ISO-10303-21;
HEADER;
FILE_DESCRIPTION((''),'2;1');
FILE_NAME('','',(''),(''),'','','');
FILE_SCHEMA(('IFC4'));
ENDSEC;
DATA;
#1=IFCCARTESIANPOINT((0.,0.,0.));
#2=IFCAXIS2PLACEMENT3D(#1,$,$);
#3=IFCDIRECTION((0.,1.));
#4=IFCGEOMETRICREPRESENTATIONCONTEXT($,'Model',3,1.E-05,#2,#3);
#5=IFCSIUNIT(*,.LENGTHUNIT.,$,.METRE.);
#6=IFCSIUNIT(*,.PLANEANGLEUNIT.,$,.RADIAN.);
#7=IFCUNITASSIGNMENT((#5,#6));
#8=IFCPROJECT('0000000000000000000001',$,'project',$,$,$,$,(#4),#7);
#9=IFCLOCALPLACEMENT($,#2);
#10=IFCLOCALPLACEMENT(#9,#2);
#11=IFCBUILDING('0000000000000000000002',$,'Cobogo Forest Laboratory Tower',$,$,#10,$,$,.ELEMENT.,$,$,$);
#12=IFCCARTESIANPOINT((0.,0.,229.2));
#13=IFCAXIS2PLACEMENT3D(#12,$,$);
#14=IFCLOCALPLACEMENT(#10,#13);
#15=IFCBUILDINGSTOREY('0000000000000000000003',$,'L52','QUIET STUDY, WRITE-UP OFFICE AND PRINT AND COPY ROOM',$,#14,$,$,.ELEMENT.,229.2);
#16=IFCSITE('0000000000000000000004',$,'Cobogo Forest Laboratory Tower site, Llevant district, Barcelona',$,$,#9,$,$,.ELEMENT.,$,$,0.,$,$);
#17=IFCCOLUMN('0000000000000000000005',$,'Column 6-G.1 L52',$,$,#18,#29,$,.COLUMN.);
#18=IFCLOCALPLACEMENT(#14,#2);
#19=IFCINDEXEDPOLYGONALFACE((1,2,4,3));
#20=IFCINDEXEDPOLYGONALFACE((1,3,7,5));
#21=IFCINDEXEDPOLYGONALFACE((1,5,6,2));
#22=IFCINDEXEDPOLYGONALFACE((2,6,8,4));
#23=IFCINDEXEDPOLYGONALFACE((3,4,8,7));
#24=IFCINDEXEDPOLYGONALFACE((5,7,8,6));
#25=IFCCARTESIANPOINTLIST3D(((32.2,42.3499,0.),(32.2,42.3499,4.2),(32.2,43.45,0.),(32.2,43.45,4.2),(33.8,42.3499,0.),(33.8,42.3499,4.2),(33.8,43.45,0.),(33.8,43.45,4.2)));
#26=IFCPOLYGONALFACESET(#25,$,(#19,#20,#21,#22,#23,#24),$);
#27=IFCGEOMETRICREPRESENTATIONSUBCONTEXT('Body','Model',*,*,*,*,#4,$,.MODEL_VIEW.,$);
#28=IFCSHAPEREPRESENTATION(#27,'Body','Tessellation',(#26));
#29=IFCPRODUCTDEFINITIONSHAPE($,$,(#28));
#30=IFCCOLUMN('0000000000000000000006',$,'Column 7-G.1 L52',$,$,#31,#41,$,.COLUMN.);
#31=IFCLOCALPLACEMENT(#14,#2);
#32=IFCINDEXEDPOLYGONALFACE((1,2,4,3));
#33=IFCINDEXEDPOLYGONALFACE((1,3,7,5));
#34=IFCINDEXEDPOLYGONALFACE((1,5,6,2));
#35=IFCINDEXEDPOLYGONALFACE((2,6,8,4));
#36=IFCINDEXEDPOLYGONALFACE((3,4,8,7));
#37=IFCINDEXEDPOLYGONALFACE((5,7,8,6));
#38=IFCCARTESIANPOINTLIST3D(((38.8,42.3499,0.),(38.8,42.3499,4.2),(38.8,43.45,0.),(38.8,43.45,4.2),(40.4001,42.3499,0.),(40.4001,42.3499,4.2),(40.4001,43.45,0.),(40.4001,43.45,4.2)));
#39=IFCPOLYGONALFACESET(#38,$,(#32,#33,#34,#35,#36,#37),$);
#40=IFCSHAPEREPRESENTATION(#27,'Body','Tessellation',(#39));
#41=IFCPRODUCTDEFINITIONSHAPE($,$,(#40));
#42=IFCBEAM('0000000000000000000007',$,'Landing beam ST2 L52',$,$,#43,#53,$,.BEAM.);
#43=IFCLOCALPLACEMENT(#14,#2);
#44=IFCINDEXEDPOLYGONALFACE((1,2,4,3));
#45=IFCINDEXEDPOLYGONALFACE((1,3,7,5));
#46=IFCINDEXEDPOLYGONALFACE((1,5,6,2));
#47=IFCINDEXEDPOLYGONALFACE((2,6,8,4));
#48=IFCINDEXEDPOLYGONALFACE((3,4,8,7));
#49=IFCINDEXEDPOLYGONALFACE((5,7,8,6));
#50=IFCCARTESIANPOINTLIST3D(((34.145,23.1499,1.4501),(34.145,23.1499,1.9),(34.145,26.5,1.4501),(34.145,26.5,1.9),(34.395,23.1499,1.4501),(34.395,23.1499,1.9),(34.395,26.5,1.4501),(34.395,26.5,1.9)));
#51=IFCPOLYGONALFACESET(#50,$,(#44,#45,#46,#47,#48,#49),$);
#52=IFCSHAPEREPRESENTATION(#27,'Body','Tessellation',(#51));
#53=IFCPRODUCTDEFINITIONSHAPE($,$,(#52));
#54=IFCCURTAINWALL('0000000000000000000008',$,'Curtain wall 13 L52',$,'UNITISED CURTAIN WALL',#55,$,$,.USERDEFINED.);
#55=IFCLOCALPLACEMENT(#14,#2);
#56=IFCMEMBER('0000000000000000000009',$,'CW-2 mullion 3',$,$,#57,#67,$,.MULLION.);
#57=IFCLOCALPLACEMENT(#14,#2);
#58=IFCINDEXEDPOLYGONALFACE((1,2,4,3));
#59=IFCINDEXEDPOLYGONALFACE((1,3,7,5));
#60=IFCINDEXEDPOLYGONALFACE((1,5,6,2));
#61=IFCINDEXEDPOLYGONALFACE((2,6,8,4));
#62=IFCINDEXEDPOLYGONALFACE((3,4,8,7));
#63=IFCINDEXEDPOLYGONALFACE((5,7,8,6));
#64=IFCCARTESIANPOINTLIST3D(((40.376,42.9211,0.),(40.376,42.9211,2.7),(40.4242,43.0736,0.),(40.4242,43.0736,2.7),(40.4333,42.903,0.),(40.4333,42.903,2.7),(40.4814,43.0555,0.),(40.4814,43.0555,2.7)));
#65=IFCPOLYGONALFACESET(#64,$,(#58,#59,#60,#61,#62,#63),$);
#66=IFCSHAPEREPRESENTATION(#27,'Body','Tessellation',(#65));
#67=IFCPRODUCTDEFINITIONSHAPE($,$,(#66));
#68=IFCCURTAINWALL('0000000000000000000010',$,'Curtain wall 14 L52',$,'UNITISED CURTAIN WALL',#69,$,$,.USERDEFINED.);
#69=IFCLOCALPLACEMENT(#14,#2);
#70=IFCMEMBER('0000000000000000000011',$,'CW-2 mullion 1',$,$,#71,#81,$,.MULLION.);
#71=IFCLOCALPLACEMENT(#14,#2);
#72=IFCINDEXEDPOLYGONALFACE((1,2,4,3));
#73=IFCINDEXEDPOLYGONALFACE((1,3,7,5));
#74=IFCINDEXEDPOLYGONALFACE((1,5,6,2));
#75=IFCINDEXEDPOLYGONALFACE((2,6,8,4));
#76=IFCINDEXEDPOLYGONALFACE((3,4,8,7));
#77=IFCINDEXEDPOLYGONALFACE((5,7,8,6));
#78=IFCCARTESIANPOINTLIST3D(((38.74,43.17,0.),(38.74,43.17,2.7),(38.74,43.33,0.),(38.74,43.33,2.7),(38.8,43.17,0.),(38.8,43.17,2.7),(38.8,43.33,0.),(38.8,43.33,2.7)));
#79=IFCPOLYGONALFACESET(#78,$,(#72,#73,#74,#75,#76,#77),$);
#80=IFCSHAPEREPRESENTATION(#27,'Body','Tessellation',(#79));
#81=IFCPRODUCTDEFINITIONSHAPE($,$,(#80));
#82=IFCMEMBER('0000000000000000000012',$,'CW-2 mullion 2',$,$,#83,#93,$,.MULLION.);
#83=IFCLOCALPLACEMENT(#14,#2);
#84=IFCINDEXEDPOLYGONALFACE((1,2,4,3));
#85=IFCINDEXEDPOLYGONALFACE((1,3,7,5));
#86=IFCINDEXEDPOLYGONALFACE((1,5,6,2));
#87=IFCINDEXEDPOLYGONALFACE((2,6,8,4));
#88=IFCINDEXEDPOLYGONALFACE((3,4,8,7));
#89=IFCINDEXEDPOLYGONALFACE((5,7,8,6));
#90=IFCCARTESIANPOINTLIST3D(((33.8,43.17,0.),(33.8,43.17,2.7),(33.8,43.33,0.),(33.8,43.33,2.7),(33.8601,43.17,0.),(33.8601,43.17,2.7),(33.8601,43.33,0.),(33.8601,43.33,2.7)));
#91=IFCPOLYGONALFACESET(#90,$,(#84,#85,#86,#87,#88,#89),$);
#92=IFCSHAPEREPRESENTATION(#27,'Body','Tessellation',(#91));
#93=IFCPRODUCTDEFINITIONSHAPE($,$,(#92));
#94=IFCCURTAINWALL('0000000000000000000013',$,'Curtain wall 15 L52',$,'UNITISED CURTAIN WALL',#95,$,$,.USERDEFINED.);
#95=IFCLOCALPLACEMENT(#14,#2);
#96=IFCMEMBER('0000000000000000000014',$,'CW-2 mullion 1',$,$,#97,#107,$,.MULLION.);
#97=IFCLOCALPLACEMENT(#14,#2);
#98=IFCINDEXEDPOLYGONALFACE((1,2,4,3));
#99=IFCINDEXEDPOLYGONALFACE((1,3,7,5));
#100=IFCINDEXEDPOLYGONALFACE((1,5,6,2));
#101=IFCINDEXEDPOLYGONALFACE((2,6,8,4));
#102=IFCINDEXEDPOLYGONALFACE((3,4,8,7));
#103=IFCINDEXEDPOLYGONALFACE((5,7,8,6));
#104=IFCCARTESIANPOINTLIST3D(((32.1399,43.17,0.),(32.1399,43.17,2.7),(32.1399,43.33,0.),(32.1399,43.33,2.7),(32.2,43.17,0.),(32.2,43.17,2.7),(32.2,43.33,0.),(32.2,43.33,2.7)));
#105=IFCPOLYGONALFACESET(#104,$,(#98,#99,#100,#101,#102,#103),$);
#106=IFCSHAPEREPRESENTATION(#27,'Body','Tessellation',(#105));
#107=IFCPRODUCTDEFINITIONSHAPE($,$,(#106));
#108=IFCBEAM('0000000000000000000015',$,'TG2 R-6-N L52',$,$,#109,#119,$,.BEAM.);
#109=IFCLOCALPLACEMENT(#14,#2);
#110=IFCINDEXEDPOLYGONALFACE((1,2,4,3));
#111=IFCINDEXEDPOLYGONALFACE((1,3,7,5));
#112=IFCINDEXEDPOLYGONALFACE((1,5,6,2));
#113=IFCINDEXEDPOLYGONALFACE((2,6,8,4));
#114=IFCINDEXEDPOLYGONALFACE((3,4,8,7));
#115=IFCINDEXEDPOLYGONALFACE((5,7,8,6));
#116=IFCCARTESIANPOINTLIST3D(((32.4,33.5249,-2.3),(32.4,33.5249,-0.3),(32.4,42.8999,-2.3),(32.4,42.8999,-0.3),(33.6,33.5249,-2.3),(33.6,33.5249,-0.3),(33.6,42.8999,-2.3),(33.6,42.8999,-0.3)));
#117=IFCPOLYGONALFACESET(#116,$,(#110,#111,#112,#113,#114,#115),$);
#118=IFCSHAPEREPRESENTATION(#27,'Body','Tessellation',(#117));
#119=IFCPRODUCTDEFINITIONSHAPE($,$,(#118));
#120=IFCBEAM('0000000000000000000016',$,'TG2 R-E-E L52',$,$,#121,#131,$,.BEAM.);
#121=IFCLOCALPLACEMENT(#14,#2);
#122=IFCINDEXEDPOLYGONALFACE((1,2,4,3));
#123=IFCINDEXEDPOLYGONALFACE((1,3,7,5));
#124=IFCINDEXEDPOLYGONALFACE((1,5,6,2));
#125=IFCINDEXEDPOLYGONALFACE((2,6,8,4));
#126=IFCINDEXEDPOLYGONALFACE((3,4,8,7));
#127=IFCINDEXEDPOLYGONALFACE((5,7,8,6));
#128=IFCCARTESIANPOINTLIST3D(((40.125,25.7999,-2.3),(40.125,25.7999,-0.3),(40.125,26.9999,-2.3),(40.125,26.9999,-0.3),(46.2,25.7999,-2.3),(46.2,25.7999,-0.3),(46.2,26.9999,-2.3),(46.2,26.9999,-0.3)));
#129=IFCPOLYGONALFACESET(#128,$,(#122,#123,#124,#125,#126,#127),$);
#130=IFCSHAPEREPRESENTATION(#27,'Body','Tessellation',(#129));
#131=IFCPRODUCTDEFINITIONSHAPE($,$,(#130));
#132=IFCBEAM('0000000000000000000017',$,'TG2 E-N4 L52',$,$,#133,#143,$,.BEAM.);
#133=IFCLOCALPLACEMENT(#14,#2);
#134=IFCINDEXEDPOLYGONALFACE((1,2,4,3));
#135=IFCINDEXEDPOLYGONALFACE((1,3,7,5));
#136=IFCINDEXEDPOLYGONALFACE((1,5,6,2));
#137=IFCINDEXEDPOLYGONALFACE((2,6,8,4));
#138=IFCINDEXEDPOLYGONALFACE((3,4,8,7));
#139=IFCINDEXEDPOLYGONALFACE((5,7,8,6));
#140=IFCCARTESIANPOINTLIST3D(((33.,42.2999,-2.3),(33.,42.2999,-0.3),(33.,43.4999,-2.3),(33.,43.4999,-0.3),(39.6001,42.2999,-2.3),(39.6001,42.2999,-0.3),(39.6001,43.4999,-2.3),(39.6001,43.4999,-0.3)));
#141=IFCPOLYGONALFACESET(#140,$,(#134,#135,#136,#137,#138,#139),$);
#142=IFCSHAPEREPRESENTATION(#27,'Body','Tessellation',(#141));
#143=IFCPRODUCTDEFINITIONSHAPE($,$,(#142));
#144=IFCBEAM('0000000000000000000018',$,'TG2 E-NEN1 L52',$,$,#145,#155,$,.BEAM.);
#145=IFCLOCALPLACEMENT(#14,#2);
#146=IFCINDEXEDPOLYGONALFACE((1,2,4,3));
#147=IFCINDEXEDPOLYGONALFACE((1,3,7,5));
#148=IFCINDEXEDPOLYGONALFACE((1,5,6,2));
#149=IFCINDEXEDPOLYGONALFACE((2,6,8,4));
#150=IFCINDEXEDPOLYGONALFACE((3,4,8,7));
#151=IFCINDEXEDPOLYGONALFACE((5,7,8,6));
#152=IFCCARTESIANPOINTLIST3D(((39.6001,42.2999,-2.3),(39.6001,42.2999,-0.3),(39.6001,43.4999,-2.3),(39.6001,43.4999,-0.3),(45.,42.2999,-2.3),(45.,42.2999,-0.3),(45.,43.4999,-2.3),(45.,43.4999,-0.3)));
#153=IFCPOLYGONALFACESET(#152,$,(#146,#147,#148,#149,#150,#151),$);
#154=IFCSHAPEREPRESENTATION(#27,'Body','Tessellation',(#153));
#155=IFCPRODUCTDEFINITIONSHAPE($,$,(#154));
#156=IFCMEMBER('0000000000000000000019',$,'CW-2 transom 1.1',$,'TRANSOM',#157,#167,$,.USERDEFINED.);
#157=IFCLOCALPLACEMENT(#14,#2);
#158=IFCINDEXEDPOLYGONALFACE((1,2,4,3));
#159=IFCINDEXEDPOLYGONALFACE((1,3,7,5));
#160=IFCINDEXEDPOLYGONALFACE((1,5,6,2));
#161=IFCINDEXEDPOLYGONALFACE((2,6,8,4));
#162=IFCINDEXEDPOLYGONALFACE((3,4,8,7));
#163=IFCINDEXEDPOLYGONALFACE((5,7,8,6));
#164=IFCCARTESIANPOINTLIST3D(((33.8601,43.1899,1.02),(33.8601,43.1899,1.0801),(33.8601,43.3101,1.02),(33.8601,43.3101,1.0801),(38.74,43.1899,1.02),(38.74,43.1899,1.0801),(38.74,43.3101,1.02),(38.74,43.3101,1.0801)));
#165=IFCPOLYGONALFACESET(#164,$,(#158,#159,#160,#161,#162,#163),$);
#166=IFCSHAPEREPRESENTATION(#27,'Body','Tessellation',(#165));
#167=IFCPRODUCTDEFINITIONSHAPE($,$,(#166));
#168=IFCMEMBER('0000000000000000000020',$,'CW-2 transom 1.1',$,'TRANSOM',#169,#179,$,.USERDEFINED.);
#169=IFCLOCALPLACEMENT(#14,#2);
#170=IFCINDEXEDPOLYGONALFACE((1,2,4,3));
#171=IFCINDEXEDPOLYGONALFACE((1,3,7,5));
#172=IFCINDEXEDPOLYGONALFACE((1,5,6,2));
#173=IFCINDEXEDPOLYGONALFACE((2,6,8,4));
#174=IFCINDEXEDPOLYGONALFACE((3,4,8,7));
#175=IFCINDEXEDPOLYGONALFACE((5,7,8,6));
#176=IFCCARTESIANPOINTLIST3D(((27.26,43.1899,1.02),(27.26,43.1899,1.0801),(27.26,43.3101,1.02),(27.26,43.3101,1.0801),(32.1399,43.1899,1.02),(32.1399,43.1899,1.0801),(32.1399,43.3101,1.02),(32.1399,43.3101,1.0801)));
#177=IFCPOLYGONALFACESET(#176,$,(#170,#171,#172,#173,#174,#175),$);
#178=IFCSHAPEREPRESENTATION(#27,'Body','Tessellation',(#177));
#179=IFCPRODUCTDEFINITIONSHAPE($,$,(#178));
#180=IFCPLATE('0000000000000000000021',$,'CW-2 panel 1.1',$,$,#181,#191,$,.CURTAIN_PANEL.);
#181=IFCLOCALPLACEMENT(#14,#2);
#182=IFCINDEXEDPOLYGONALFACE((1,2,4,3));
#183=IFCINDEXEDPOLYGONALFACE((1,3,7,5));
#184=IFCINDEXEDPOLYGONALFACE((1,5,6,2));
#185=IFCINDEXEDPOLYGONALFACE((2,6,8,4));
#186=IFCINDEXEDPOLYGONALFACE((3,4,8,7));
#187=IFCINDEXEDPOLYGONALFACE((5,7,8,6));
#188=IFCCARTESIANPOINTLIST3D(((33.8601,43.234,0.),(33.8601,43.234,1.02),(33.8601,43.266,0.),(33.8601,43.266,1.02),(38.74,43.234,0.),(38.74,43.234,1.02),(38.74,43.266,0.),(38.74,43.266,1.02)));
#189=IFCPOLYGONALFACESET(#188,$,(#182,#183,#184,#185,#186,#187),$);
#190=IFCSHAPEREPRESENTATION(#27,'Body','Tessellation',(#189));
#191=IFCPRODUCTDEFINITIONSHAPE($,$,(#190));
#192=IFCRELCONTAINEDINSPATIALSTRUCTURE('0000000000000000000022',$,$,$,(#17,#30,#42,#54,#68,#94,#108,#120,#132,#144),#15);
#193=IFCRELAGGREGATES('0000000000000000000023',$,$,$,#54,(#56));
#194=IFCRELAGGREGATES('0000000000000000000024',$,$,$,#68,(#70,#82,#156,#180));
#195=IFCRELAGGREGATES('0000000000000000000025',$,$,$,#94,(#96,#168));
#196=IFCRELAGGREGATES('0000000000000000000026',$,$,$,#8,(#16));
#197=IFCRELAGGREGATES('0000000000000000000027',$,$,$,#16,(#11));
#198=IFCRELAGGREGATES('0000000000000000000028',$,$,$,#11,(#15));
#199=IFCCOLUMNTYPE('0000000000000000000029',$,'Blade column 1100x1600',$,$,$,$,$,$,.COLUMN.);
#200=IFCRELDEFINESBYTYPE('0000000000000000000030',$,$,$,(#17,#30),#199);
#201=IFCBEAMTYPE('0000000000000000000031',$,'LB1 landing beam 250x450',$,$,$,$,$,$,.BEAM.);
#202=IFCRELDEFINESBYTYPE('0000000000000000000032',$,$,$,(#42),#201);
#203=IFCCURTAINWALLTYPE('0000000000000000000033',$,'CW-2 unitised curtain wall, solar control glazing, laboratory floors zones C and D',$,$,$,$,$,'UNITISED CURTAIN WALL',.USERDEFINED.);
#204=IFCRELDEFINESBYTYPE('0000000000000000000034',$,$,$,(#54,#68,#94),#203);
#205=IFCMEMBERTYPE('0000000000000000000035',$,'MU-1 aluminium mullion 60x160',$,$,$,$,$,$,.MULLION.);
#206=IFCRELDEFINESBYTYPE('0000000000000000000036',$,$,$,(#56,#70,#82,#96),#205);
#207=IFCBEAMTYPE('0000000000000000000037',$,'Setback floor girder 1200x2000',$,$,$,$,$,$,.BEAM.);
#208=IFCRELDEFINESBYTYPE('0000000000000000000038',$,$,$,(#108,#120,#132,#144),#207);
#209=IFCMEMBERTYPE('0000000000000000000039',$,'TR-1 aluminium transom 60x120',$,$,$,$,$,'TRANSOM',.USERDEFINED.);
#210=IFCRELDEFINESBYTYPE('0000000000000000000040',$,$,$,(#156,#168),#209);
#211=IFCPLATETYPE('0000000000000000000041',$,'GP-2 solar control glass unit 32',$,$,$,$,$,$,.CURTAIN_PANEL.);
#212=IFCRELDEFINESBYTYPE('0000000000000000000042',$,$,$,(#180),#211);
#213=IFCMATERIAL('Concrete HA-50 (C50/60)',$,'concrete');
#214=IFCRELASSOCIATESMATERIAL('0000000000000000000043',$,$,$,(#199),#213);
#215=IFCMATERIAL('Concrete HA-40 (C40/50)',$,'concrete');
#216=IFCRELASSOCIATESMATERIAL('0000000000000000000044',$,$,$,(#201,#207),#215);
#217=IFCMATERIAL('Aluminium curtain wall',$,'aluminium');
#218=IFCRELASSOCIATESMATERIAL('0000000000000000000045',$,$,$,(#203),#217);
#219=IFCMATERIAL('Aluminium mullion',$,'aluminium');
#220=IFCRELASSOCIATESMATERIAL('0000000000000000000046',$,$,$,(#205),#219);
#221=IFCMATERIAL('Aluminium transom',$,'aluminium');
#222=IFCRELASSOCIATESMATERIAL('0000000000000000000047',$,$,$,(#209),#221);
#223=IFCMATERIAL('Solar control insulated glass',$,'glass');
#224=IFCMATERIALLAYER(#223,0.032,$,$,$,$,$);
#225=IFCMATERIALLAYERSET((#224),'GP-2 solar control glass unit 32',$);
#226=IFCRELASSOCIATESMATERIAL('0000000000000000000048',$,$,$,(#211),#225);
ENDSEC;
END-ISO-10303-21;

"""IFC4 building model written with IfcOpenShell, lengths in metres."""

from ifc_helpers import new_model, si_unit, direction, frame, origin, origin_2d, place, context, subcontext, project, spatial, rectangle, extrude, material, layer, layer_set, material_profile, profile_set, type_object, element, aggregate, save


model = new_model("IFC4")

# Units and contexts
model_context = context("Model", 3, precision=1e-05, world=origin(), true_north=direction((0.0, 1.0)))
body_context = subcontext(model_context, "Body", "Model", "MODEL_VIEW")
ifc_project = project(units=[si_unit("LENGTHUNIT", "METRE"), si_unit("PLANEANGLEUNIT", "RADIAN")], contexts=[model_context])

# Site, building, storey
site_placement = place(None, origin())
site = spatial("IfcSite", under=ifc_project, at=site_placement, Name="Cobogo Forest Laboratory Tower site, Llevant district, Barcelona", CompositionType="ELEMENT", RefElevation=0.0)
building_placement = place(site_placement, origin())
building = spatial("IfcBuilding", under=site, at=building_placement, Name="Cobogo Forest Laboratory Tower", CompositionType="ELEMENT")
storey_placement = place(building_placement, frame((0.0, 0.0, 229.2)))
storey = spatial("IfcBuildingStorey", under=building, at=storey_placement, Name="L52", Description="QUIET STUDY, WRITE-UP OFFICE AND PRINT AND COPY ROOM", CompositionType="ELEMENT", Elevation=229.2)

# Columns
ifc_material_1 = material(Name="Concrete HA-50 (C50/60)", Category="concrete")
ifc_material_profile_1 = material_profile(ifc_material_1, rectangle(XDim=1.6001, YDim=1.1001, at=origin_2d()), Name="RC 1100x1600")
ifc_profile_set_1 = profile_set([ifc_material_profile_1], Name="Concrete HA-50 (C50/60)")
column_type = type_object("IfcColumnType", Name="Blade column 1100x1600", PredefinedType="COLUMN", material=ifc_profile_set_1)
for number, where, z_axis, x_axis, name in (
    (1, (33.0, 42.8999, 0.0), (0.0, 0.0, 1.0), (1.0, 0.0, 0.0), "Column 6-G.1 L52"),
    (2, (39.6001, 42.8999, 0.0), (0.0, 0.0, 1.0), (1.0, 0.0, 0.0), "Column 7-G.1 L52"),
):
    element("IfcColumn", number, at=place(storey_placement, frame(where, z_axis=z_axis, x_axis=x_axis)), inside=storey, type_object=column_type, Name=name, PredefinedType="COLUMN", context=body_context, shape_type="SweptSolid", body=[
        extrude(rectangle(XDim=1.6001, YDim=1.1001, at=origin_2d()), origin(), (0.0, 0.0, 1.0), 4.2),
    ])

# Beam
ifc_material_2 = material(Name="Concrete HA-40 (C40/50)", Category="concrete")
ifc_material_profile_2 = material_profile(ifc_material_2, rectangle(XDim=0.25, YDim=0.45, at=origin_2d()), Name="RC 250x450")
ifc_profile_set_2 = profile_set([ifc_material_profile_2], Name="Concrete HA-40 (C40/50)")
beam_type_1 = type_object("IfcBeamType", Name="LB1 landing beam 250x450", PredefinedType="BEAM", material=ifc_profile_set_2)
beam_1_placement = place(storey_placement, frame((34.27, 23.1499, 1.675), z_axis=(0.0, 1.0, 0.0), x_axis=(-1.0, 0.0, 0.0)))
element("IfcBeam", 3, at=beam_1_placement, inside=storey, type_object=beam_type_1, Name="Landing beam ST2 L52", PredefinedType="BEAM", context=body_context, shape_type="SweptSolid", body=[
    extrude(rectangle(XDim=0.25, YDim=0.45, at=origin_2d()), origin(), (0.0, 0.0, 1.0), 3.3501),
])

# Curtain wall, member
ifc_material_3 = material(Name="Aluminium curtain wall", Category="aluminium")
curtain_wall_type = type_object("IfcCurtainWallType", Name="CW-2 unitised curtain wall, solar control glazing, laboratory floors zones C and D", ElementType="UNITISED CURTAIN WALL", PredefinedType="USERDEFINED", material=ifc_material_3)
curtain_wall_1_placement = place(storey_placement, origin())
curtain_wall_1 = element("IfcCurtainWall", 4, at=curtain_wall_1_placement, inside=storey, type_object=curtain_wall_type, Name="Curtain wall 13 L52", ObjectType="UNITISED CURTAIN WALL", PredefinedType="USERDEFINED")
ifc_material_4 = material(Name="Aluminium mullion", Category="aluminium")
ifc_material_profile_3 = material_profile(ifc_material_4, rectangle(XDim=0.0601, YDim=0.1599, at=origin_2d()), Name="AL 60x160")
ifc_profile_set_3 = profile_set([ifc_material_profile_3], Name="Aluminium mullion")
member_type_1 = type_object("IfcMemberType", Name="MU-1 aluminium mullion 60x160", PredefinedType="MULLION", material=ifc_profile_set_3)
member_1_placement = place(storey_placement, frame((40.4287, 42.9883, 0.0), z_axis=(0.0, 0.0, 1.0), x_axis=(-0.953581, 0.301136, 0.0)))
member_1 = element("IfcMember", 5, at=member_1_placement, type_object=member_type_1, Name="CW-2 mullion 3", PredefinedType="MULLION", context=body_context, shape_type="SweptSolid", body=[
    extrude(rectangle(XDim=0.0601, YDim=0.1599, at=origin_2d()), origin(), (0.0, 0.0, 1.0), 2.7),
])
aggregate(curtain_wall_1, [member_1])

# Curtain wall, members
curtain_wall_2_placement = place(storey_placement, origin())
curtain_wall_2 = element("IfcCurtainWall", 6, at=curtain_wall_2_placement, inside=storey, type_object=curtain_wall_type, Name="Curtain wall 14 L52", ObjectType="UNITISED CURTAIN WALL", PredefinedType="USERDEFINED")
member_2_placement = place(storey_placement, frame((38.77, 43.25, 0.0), z_axis=(0.0, 0.0, 1.0), x_axis=(-1.0, 0.0, 0.0)))
member_2 = element("IfcMember", 7, at=member_2_placement, type_object=member_type_1, Name="CW-2 mullion 1", PredefinedType="MULLION", context=body_context, shape_type="SweptSolid", body=[
    extrude(rectangle(XDim=0.0601, YDim=0.1599, at=origin_2d()), origin(), (0.0, 0.0, 1.0), 2.7),
])
member_3_placement = place(storey_placement, frame((33.8301, 43.25, 0.0), z_axis=(0.0, 0.0, 1.0), x_axis=(-1.0, 0.0, 0.0)))
member_3 = element("IfcMember", 8, at=member_3_placement, type_object=member_type_1, Name="CW-2 mullion 2", PredefinedType="MULLION", context=body_context, shape_type="SweptSolid", body=[
    extrude(rectangle(XDim=0.0601, YDim=0.1599, at=origin_2d()), origin(), (0.0, 0.0, 1.0), 2.7),
])

# Curtain wall, member
curtain_wall_3_placement = place(storey_placement, origin())
curtain_wall_3 = element("IfcCurtainWall", 9, at=curtain_wall_3_placement, inside=storey, type_object=curtain_wall_type, Name="Curtain wall 15 L52", ObjectType="UNITISED CURTAIN WALL", PredefinedType="USERDEFINED")
member_4_placement = place(storey_placement, frame((32.1699, 43.25, 0.0), z_axis=(0.0, 0.0, 1.0), x_axis=(-1.0, 0.0, 0.0)))
member_4 = element("IfcMember", 10, at=member_4_placement, type_object=member_type_1, Name="CW-2 mullion 1", PredefinedType="MULLION", context=body_context, shape_type="SweptSolid", body=[
    extrude(rectangle(XDim=0.0601, YDim=0.1599, at=origin_2d()), origin(), (0.0, 0.0, 1.0), 2.7),
])

# Beams
ifc_material_profile_4 = material_profile(ifc_material_2, rectangle(XDim=1.2, YDim=2.0, at=origin_2d()), Name="RC 1200x2000")
ifc_profile_set_4 = profile_set([ifc_material_profile_4], Name="Concrete HA-40 (C40/50)")
beam_type_2 = type_object("IfcBeamType", Name="Setback floor girder 1200x2000", PredefinedType="BEAM", material=ifc_profile_set_4)
beam_2_placement = place(storey_placement, frame((33.0, 33.5249, -1.3), z_axis=(0.0, 1.0, 0.0), x_axis=(-1.0, 0.0, 0.0)))
element("IfcBeam", 11, at=beam_2_placement, inside=storey, type_object=beam_type_2, Name="TG2 R-6-N L52", PredefinedType="BEAM", context=body_context, shape_type="SweptSolid", body=[
    extrude(rectangle(XDim=1.2, YDim=2.0, at=origin_2d()), origin(), (0.0, 0.0, 1.0), 9.375),
])
beam_3_placement = place(storey_placement, frame((40.125, 26.3999, -1.3), z_axis=(1.0, 0.0, 0.0), x_axis=(0.0, 1.0, 0.0)))
element("IfcBeam", 12, at=beam_3_placement, inside=storey, type_object=beam_type_2, Name="TG2 R-E-E L52", PredefinedType="BEAM", context=body_context, shape_type="SweptSolid", body=[
    extrude(rectangle(XDim=1.2, YDim=2.0, at=origin_2d()), origin(), (0.0, 0.0, 1.0), 6.075),
])
beam_4_placement = place(storey_placement, frame((33.0, 42.8999, -1.3), z_axis=(1.0, 0.0, 0.0), x_axis=(0.0, 1.0, 0.0)))
element("IfcBeam", 13, at=beam_4_placement, inside=storey, type_object=beam_type_2, Name="TG2 E-N4 L52", PredefinedType="BEAM", context=body_context, shape_type="SweptSolid", body=[
    extrude(rectangle(XDim=1.2, YDim=2.0, at=origin_2d()), origin(), (0.0, 0.0, 1.0), 6.6001),
])
beam_5_placement = place(storey_placement, frame((39.6001, 42.8999, -1.3), z_axis=(1.0, 0.0, 0.0), x_axis=(0.0, 1.0, 0.0)))
element("IfcBeam", 14, at=beam_5_placement, inside=storey, type_object=beam_type_2, Name="TG2 E-NEN1 L52", PredefinedType="BEAM", context=body_context, shape_type="SweptSolid", body=[
    extrude(rectangle(XDim=1.2, YDim=2.0, at=origin_2d()), origin(), (0.0, 0.0, 1.0), 5.3999),
])

# Members
ifc_material_5 = material(Name="Aluminium transom", Category="aluminium")
ifc_material_profile_5 = material_profile(ifc_material_5, rectangle(XDim=0.1201, YDim=0.0601, at=origin_2d()), Name="AL 60x120")
ifc_profile_set_5 = profile_set([ifc_material_profile_5], Name="Aluminium transom")
member_type_2 = type_object("IfcMemberType", Name="TR-1 aluminium transom 60x120", ElementType="TRANSOM", PredefinedType="USERDEFINED", material=ifc_profile_set_5)
member_5_placement = place(storey_placement, frame((38.74, 43.25, 1.05), z_axis=(-1.0, 0.0, 0.0), x_axis=(0.0, -1.0, 0.0)))
member_5 = element("IfcMember", 15, at=member_5_placement, type_object=member_type_2, Name="CW-2 transom 1.1", ObjectType="TRANSOM", PredefinedType="USERDEFINED", context=body_context, shape_type="SweptSolid", body=[
    extrude(rectangle(XDim=0.1201, YDim=0.0601, at=origin_2d()), origin(), (0.0, 0.0, 1.0), 4.8799),
])
member_6_placement = place(storey_placement, frame((32.1399, 43.25, 1.05), z_axis=(-1.0, 0.0, 0.0), x_axis=(0.0, -1.0, 0.0)))
member_6 = element("IfcMember", 16, at=member_6_placement, type_object=member_type_2, Name="CW-2 transom 1.1", ObjectType="TRANSOM", PredefinedType="USERDEFINED", context=body_context, shape_type="SweptSolid", body=[
    extrude(rectangle(XDim=0.1201, YDim=0.0601, at=origin_2d()), origin(), (0.0, 0.0, 1.0), 4.8799),
])

# Plate
ifc_material_6 = material(Name="Solar control insulated glass", Category="glass")
ifc_layer_1 = layer(ifc_material_6, 0.032)
ifc_layer_set_1 = layer_set([ifc_layer_1], Name="GP-2 solar control glass unit 32")
plate_type_1 = type_object("IfcPlateType", Name="GP-2 solar control glass unit 32", PredefinedType="CURTAIN_PANEL", material=ifc_layer_set_1)
plate_1_placement = place(storey_placement, frame((36.3, 43.25, 0.0), z_axis=(0.0, 0.0, 1.0), x_axis=(-1.0, 0.0, 0.0)))
plate_1 = element("IfcPlate", 17, at=plate_1_placement, type_object=plate_type_1, Name="CW-2 panel 1.1", PredefinedType="CURTAIN_PANEL", context=body_context, shape_type="SweptSolid", body=[
    extrude(rectangle(XDim=4.8799, YDim=0.032, at=origin_2d()), origin(), (0.0, 0.0, 1.0), 1.02),
])
aggregate(curtain_wall_2, [member_2, member_3, member_5, plate_1])
aggregate(curtain_wall_3, [member_4, member_6])

save(model, "model.ifc")
